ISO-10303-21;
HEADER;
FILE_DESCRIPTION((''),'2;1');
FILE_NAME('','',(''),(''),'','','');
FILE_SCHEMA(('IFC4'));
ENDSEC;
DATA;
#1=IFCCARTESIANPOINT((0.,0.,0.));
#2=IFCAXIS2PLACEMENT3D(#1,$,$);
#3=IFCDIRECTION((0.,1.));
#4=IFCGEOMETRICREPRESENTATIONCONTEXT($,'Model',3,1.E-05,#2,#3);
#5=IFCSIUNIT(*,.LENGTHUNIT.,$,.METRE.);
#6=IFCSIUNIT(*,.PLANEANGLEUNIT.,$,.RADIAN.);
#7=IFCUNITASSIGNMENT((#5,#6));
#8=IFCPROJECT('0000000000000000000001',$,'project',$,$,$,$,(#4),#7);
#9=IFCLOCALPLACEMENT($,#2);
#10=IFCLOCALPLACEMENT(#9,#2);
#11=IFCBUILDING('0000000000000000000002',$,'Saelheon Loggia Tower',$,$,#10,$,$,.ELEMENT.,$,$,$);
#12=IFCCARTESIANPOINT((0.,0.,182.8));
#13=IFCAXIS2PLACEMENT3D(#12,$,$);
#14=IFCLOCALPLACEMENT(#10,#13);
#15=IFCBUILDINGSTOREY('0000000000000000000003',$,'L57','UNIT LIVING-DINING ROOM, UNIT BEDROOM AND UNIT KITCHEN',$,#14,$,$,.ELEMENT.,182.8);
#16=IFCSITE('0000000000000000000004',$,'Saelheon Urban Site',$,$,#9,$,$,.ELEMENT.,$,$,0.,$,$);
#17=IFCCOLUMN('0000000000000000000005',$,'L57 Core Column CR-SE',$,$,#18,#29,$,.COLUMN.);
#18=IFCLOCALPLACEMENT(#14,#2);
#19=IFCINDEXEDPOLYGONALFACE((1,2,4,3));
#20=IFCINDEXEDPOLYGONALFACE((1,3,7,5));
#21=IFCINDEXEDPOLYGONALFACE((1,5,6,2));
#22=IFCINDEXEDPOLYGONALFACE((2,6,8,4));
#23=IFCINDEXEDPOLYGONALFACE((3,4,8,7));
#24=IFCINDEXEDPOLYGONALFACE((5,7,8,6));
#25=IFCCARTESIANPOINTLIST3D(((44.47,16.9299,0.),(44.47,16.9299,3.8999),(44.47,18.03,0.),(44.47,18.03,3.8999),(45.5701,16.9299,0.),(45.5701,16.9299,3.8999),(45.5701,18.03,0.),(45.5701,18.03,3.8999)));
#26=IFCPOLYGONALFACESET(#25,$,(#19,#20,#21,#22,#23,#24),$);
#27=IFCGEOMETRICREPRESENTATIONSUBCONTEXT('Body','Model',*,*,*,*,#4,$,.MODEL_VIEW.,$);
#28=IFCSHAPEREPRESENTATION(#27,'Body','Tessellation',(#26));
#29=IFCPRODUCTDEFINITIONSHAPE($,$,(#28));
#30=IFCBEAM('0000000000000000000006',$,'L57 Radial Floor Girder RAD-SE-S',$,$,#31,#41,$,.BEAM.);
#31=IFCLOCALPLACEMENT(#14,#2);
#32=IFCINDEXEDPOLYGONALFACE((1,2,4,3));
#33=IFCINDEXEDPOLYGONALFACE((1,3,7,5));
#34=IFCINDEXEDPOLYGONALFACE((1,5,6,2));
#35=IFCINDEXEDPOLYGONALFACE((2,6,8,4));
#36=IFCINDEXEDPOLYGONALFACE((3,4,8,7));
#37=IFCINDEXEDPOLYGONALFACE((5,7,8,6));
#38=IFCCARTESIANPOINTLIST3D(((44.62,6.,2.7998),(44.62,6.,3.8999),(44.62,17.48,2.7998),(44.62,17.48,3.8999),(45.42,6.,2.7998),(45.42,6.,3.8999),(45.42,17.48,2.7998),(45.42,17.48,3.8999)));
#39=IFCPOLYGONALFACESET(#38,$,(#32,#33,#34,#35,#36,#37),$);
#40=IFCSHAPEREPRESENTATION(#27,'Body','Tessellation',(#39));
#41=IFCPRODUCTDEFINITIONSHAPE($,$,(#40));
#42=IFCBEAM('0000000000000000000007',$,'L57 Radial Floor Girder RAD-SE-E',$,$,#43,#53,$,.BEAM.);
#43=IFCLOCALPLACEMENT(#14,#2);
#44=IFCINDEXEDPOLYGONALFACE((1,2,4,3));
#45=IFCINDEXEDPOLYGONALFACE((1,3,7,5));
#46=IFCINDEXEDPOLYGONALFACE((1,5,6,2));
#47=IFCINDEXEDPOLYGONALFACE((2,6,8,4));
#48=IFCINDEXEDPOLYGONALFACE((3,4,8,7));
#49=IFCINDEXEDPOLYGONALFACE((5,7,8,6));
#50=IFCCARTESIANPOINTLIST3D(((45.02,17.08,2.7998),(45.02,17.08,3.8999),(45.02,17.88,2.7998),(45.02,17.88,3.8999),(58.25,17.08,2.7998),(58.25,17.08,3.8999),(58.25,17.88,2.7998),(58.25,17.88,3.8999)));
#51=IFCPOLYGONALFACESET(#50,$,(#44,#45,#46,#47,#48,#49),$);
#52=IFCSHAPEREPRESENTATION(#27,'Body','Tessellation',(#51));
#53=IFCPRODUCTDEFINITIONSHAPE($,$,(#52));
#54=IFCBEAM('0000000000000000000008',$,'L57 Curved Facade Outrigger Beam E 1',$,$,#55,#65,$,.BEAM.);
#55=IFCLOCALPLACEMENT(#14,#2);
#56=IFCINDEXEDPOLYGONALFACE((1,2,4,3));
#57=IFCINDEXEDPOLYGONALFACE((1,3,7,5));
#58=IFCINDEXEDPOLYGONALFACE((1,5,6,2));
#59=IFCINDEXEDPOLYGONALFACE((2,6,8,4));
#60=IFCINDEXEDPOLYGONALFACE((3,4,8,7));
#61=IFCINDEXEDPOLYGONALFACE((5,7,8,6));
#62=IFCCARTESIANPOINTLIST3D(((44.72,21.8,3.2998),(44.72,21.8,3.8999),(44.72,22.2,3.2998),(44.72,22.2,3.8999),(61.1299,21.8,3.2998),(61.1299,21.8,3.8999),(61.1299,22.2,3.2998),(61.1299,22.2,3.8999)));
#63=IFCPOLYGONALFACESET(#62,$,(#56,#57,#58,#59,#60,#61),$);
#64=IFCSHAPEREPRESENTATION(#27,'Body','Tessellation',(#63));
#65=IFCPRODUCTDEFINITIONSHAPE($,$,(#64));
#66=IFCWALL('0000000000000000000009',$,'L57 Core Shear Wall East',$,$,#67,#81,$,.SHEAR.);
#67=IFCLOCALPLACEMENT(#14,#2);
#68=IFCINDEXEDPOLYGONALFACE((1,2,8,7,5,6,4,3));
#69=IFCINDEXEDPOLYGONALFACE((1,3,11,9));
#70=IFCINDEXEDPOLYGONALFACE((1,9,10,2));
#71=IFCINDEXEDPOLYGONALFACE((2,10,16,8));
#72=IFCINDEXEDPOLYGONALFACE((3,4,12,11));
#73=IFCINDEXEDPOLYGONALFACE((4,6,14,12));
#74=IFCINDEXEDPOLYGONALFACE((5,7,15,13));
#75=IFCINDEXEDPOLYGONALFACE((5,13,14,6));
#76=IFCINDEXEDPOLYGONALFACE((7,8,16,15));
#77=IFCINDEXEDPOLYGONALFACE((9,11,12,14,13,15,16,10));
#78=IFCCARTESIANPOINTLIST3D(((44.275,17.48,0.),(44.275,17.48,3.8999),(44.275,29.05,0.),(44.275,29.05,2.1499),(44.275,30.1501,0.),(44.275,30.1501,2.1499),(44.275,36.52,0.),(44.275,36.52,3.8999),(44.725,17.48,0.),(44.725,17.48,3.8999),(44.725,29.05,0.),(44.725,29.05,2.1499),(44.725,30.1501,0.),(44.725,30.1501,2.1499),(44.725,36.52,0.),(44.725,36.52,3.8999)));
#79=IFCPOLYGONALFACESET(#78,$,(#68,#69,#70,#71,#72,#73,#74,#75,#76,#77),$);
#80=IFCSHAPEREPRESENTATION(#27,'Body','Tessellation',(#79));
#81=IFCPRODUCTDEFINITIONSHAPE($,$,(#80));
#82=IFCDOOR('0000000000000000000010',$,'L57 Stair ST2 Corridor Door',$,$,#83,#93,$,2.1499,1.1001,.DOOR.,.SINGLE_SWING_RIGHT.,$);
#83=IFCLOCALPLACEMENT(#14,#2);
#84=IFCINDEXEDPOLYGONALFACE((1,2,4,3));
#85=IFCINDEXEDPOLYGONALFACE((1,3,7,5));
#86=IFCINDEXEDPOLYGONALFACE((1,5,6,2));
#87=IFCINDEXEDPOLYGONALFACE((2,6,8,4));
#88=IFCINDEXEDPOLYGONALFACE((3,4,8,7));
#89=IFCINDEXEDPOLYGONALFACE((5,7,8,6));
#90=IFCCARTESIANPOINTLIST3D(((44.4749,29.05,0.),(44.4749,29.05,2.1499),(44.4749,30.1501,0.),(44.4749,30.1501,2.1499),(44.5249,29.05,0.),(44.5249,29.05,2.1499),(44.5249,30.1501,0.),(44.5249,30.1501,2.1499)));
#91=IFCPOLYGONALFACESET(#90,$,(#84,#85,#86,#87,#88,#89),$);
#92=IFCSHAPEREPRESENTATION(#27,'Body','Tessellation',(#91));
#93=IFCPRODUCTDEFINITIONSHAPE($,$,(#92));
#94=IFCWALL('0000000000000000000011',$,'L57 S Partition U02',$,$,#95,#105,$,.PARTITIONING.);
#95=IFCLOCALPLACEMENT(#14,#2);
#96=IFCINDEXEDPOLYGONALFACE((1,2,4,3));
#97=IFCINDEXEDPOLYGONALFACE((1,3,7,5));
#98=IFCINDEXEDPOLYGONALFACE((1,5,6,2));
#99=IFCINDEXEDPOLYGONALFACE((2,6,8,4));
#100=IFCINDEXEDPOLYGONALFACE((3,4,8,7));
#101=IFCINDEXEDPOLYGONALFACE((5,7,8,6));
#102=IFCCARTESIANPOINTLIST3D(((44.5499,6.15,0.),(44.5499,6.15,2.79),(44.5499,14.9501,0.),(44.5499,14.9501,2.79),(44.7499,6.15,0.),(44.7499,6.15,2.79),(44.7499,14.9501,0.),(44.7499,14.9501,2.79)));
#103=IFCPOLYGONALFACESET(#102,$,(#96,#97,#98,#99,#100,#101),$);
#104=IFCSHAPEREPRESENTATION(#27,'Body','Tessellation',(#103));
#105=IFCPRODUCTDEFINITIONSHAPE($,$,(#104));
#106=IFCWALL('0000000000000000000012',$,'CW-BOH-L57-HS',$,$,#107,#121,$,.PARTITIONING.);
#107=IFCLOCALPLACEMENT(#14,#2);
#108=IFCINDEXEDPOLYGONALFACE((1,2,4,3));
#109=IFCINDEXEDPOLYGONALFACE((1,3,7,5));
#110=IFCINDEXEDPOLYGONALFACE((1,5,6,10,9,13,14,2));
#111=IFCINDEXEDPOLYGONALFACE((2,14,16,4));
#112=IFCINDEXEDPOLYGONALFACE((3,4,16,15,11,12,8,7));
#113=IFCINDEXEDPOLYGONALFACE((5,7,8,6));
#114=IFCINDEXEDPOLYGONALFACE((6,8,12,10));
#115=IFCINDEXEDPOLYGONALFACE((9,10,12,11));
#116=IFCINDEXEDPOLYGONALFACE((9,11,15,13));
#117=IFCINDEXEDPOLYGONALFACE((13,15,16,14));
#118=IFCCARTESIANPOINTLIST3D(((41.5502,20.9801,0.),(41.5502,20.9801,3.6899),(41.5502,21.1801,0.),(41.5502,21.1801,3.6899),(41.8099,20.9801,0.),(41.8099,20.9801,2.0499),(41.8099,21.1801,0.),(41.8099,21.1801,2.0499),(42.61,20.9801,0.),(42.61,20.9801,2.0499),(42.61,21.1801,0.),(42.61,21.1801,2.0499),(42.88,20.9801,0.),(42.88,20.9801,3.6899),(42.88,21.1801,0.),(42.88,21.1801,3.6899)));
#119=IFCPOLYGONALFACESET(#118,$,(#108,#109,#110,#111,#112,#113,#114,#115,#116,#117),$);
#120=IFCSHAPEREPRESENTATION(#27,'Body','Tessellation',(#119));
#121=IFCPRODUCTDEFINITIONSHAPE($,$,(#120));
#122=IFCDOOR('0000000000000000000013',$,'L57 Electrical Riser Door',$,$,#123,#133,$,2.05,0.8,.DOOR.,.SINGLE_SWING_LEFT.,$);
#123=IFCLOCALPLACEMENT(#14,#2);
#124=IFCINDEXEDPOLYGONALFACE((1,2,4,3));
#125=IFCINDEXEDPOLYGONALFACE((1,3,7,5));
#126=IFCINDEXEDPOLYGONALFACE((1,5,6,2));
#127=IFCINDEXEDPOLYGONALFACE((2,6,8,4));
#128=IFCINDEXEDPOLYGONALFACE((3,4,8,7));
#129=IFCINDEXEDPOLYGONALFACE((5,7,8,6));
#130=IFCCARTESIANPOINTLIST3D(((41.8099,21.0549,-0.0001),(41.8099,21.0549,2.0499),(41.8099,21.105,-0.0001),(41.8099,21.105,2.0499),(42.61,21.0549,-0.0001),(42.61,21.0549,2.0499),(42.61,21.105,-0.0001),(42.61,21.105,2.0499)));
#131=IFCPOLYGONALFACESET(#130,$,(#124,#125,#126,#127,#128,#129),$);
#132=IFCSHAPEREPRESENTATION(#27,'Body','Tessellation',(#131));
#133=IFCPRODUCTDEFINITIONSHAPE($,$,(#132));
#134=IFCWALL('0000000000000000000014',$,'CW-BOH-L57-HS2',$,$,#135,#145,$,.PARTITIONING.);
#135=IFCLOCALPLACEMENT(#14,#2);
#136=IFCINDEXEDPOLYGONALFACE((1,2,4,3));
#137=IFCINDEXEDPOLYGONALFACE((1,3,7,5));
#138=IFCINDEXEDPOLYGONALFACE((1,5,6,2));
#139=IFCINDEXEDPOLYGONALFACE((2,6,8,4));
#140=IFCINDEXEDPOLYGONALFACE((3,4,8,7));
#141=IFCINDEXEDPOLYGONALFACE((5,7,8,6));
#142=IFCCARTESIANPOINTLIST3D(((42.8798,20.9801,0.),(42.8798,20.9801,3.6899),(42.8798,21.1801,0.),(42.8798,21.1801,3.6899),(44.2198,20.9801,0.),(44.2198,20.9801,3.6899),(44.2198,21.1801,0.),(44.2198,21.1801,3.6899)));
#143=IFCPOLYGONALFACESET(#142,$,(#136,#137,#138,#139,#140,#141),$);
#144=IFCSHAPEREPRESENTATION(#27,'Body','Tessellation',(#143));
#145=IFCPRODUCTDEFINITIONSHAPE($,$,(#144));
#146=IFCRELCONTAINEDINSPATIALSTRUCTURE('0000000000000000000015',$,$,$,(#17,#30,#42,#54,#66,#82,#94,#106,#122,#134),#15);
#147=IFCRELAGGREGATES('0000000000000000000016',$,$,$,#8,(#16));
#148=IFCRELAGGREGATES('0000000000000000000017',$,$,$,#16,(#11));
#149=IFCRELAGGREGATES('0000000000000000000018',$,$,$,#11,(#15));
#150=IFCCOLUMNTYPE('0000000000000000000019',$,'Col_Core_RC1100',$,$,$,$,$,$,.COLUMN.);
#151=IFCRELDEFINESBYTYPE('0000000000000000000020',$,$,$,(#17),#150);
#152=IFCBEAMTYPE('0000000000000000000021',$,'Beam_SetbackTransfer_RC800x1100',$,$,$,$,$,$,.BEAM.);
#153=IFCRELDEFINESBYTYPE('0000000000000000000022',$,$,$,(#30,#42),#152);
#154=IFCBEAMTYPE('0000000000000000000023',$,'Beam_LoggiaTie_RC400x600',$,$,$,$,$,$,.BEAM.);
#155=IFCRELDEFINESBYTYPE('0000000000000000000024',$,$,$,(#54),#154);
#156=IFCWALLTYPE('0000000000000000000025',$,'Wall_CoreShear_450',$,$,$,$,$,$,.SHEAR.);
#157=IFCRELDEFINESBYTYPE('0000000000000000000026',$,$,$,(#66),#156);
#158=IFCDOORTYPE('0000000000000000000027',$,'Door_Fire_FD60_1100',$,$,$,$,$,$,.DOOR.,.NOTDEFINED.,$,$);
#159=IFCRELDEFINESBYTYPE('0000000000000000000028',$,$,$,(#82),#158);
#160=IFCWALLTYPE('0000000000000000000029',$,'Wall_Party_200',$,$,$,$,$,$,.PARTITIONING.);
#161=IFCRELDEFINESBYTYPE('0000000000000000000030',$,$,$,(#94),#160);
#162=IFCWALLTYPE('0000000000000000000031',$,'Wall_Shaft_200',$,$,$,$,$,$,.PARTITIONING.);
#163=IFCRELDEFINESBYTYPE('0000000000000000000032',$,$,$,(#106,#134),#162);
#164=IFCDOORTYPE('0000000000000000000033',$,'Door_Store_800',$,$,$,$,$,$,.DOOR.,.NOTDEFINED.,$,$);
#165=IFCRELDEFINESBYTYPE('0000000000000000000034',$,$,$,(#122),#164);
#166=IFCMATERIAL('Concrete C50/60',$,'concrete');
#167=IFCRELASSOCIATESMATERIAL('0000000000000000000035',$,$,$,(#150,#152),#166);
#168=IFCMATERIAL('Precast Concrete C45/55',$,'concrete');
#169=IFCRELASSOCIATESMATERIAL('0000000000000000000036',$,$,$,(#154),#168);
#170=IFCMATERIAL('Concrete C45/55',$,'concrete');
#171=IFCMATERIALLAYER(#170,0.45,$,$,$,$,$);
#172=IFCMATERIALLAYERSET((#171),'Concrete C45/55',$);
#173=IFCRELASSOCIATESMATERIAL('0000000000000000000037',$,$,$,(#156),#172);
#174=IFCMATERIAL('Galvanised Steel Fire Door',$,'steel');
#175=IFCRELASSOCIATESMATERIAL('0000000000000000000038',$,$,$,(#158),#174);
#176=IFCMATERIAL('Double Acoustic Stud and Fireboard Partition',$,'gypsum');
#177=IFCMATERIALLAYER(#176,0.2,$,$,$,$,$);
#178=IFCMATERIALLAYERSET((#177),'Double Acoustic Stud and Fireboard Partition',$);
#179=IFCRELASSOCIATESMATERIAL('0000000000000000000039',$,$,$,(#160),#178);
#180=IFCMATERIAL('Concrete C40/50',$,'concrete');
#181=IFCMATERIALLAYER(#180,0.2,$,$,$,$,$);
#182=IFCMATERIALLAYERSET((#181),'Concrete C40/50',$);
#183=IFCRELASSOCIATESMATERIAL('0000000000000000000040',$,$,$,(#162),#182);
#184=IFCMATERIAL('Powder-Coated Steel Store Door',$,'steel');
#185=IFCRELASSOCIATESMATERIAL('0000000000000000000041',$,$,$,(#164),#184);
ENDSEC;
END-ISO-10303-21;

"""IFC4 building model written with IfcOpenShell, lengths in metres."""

from ifc_helpers import new_model, si_unit, direction, frame, frame_2d, origin, origin_2d, place, context, subcontext, project, spatial, rectangle, extrude, source, transform, mapped, material, layer, layer_set, material_profile, profile_set, type_object, element, fill, save


model = new_model("IFC4")

# Units and contexts
model_context = context("Model", 3, precision=1e-05, world=origin(), true_north=direction((0.0, 1.0)))
body_context = subcontext(model_context, "Body", "Model", "MODEL_VIEW")
ifc_project = project(units=[si_unit("LENGTHUNIT", "METRE"), si_unit("PLANEANGLEUNIT", "RADIAN")], contexts=[model_context])

# Site, building, storey
site_placement = place(None, origin())
site = spatial("IfcSite", under=ifc_project, at=site_placement, Name="Saelheon Urban Site", CompositionType="ELEMENT", RefElevation=0.0)
building_placement = place(site_placement, origin())
building = spatial("IfcBuilding", under=site, at=building_placement, Name="Saelheon Loggia Tower", CompositionType="ELEMENT")
storey_placement = place(building_placement, frame((0.0, 0.0, 182.8)))
storey = spatial("IfcBuildingStorey", under=building, at=storey_placement, Name="L57", Description="UNIT LIVING-DINING ROOM, UNIT BEDROOM AND UNIT KITCHEN", CompositionType="ELEMENT", Elevation=182.8)

# Column
ifc_material_1 = material(Name="Concrete C50/60", Category="concrete")
ifc_material_profile_1 = material_profile(ifc_material_1, rectangle(XDim=1.1001, YDim=1.1001, at=origin_2d()), Name="RC-1100x1100")
ifc_profile_set_1 = profile_set([ifc_material_profile_1], Name="Concrete C50/60")
column_type = type_object("IfcColumnType", Name="Col_Core_RC1100", PredefinedType="COLUMN", material=ifc_profile_set_1)
shared_shape_1 = source(origin(), body_context, "Body", "SweptSolid", [
    extrude(rectangle(XDim=1.1001, YDim=1.1001, at=origin_2d()), origin(), (0.0, 0.0, 1.0), 3.8999),
])
column_placement = place(storey_placement, frame((45.02, 17.48, 0.0), z_axis=(0.0, 0.0, 1.0), x_axis=(1.0, 0.0, 0.0)))
element("IfcColumn", 1, at=column_placement, inside=storey, type_object=column_type, Name="L57 Core Column CR-SE", PredefinedType="COLUMN", context=body_context, shape_type="MappedRepresentation", body=[
    mapped(shared_shape_1, transform((0.0, 0.0, 0.0), scale=1.0)),
])

# Beams
ifc_material_profile_2 = material_profile(ifc_material_1, rectangle(XDim=0.8, YDim=1.1001, at=origin_2d()), Name="RC-800x1100")
ifc_profile_set_2 = profile_set([ifc_material_profile_2], Name="Concrete C50/60")
beam_type_1 = type_object("IfcBeamType", Name="Beam_SetbackTransfer_RC800x1100", PredefinedType="BEAM", material=ifc_profile_set_2)
shared_shape_2 = source(origin(), body_context, "Body", "SweptSolid", [
    extrude(rectangle(XDim=0.8, YDim=1.1001, at=origin_2d()), origin(), (0.0, 0.0, 1.0), 11.48),
])
beam_1_placement = place(storey_placement, frame((45.02, 17.48, 3.3499), z_axis=(0.0, -1.0, 0.0), x_axis=(1.0, 0.0, 0.0)))
element("IfcBeam", 2, at=beam_1_placement, inside=storey, type_object=beam_type_1, Name="L57 Radial Floor Girder RAD-SE-S", PredefinedType="BEAM", context=body_context, shape_type="MappedRepresentation", body=[
    mapped(shared_shape_2, transform((0.0, 0.0, 0.0), scale=1.0)),
])
shared_shape_3 = source(origin(), body_context, "Body", "SweptSolid", [
    extrude(rectangle(XDim=0.8, YDim=1.1001, at=origin_2d()), origin(), (0.0, 0.0, 1.0), 13.23),
])
beam_2_placement = place(storey_placement, frame((45.02, 17.48, 3.3499), z_axis=(1.0, 0.0, 0.0), x_axis=(0.0, 1.0, 0.0)))
element("IfcBeam", 3, at=beam_2_placement, inside=storey, type_object=beam_type_1, Name="L57 Radial Floor Girder RAD-SE-E", PredefinedType="BEAM", context=body_context, shape_type="MappedRepresentation", body=[
    mapped(shared_shape_3, transform((0.0, 0.0, 0.0), scale=1.0)),
])
ifc_material_2 = material(Name="Precast Concrete C45/55", Category="concrete")
ifc_material_profile_3 = material_profile(ifc_material_2, rectangle(XDim=0.3999, YDim=0.6001, at=origin_2d()), Name="RC-400x600")
ifc_profile_set_3 = profile_set([ifc_material_profile_3], Name="Precast Concrete C45/55")
beam_type_2 = type_object("IfcBeamType", Name="Beam_LoggiaTie_RC400x600", PredefinedType="BEAM", material=ifc_profile_set_3)
shared_shape_4 = source(origin(), body_context, "Body", "SweptSolid", [
    extrude(rectangle(XDim=0.3999, YDim=0.6001, at=origin_2d()), origin(), (0.0, 0.0, 1.0), 16.4099),
])
beam_3_placement = place(storey_placement, frame((44.72, 22.0, 3.5999), z_axis=(1.0, 0.0, 0.0), x_axis=(0.0, 1.0, 0.0)))
element("IfcBeam", 4, at=beam_3_placement, inside=storey, type_object=beam_type_2, Name="L57 Curved Facade Outrigger Beam E 1", PredefinedType="BEAM", context=body_context, shape_type="MappedRepresentation", body=[
    mapped(shared_shape_4, transform((0.0, 0.0, 0.0), scale=1.0)),
])

# Wall, opening, door
ifc_material_3 = material(Name="Concrete C45/55", Category="concrete")
ifc_layer_1 = layer(ifc_material_3, 0.45)
ifc_layer_set_1 = layer_set([ifc_layer_1], Name="Concrete C45/55")
wall_type_1 = type_object("IfcWallType", Name="Wall_CoreShear_450", PredefinedType="SHEAR", material=ifc_layer_set_1)
wall_1_placement = place(storey_placement, frame((44.5, 17.48, 0.0), z_axis=(0.0, 0.0, 1.0), x_axis=(0.0, 1.0, 0.0)))
wall_1 = element("IfcWall", 5, at=wall_1_placement, inside=storey, type_object=wall_type_1, Name="L57 Core Shear Wall East", PredefinedType="SHEAR", context=body_context, shape_type="SweptSolid", body=[
    extrude(rectangle(XDim=19.04, YDim=0.45, at=frame_2d((9.52, 0.0))), origin(), (0.0, 0.0, 1.0), 3.8999),
])
opening_1_placement = place(wall_1_placement, frame((12.6702, 0.0, 0.0), z_axis=(0.0, 0.0, 1.0), x_axis=(-1.0, 0.0, 0.0)))
opening_1 = element("IfcOpeningElement", 6, at=opening_1_placement, cuts=wall_1, PredefinedType="OPENING", context=body_context, shape_type="SweptSolid", body=[
    extrude(rectangle(XDim=1.1001, YDim=2.1499, at=frame_2d((0.55, 1.075))), frame((0.0, 0.2371, 0.0), z_axis=(0.0, -1.0, 0.0), x_axis=(1.0, 0.0, 0.0)), (0.0, 0.0, 1.0), 0.4739),
])
ifc_material_4 = material(Name="Galvanised Steel Fire Door", Category="steel")
door_type_1 = type_object("IfcDoorType", Name="Door_Fire_FD60_1100", OperationType="NOTDEFINED", PredefinedType="DOOR", material=ifc_material_4)
shared_shape_5 = source(origin(), body_context, "Body", "SweptSolid", [
    extrude(rectangle(XDim=1.1001, YDim=2.1499, at=frame_2d((0.55, 1.075))), frame((0.0, 0.0249, 0.0), z_axis=(0.0, -1.0, 0.0), x_axis=(1.0, 0.0, 0.0)), (0.0, 0.0, 1.0), 0.05),
])
door_1_placement = place(opening_1_placement, origin())
door_1 = element("IfcDoor", 7, at=door_1_placement, inside=storey, type_object=door_type_1, Name="L57 Stair ST2 Corridor Door", OperationType="SINGLE_SWING_RIGHT", OverallHeight=2.1499, OverallWidth=1.1001, PredefinedType="DOOR", context=body_context, shape_type="MappedRepresentation", body=[
    mapped(shared_shape_5, transform((0.0, 0.0, 0.0), scale=1.0)),
])
fill(opening_1, door_1)

# Wall
ifc_material_5 = material(Name="Double Acoustic Stud and Fireboard Partition", Category="gypsum")
ifc_layer_2 = layer(ifc_material_5, 0.2)
ifc_layer_set_2 = layer_set([ifc_layer_2], Name="Double Acoustic Stud and Fireboard Partition")
wall_type_2 = type_object("IfcWallType", Name="Wall_Party_200", PredefinedType="PARTITIONING", material=ifc_layer_set_2)
wall_2_placement = place(storey_placement, frame((44.6499, 14.95, 0.0), z_axis=(0.0, 0.0, 1.0), x_axis=(0.0, -1.0, 0.0)))
element("IfcWall", 8, at=wall_2_placement, inside=storey, type_object=wall_type_2, Name="L57 S Partition U02", PredefinedType="PARTITIONING", context=body_context, shape_type="SweptSolid", body=[
    extrude(rectangle(XDim=8.8, YDim=0.2, at=frame_2d((4.3999, 0.0))), origin(), (0.0, 0.0, 1.0), 2.79),
])

# Wall, opening, door
ifc_material_6 = material(Name="Concrete C40/50", Category="concrete")
ifc_layer_3 = layer(ifc_material_6, 0.2)
ifc_layer_set_3 = layer_set([ifc_layer_3], Name="Concrete C40/50")
wall_type_3 = type_object("IfcWallType", Name="Wall_Shaft_200", PredefinedType="PARTITIONING", material=ifc_layer_set_3)
wall_3_placement = place(storey_placement, frame((41.55, 21.0801, 0.0), z_axis=(0.0, 0.0, 1.0), x_axis=(1.0, 0.0, 0.0)))
wall_3 = element("IfcWall", 9, at=wall_3_placement, inside=storey, type_object=wall_type_3, Name="CW-BOH-L57-HS", PredefinedType="PARTITIONING", context=body_context, shape_type="SweptSolid", body=[
    extrude(rectangle(XDim=1.3298, YDim=0.2, at=frame_2d((0.665, 0.0))), origin(), (0.0, 0.0, 1.0), 3.6899),
])
opening_2_placement = place(wall_3_placement, frame((0.26, 0.0, 0.0)))
opening_2 = element("IfcOpeningElement", 10, at=opening_2_placement, cuts=wall_3, PredefinedType="OPENING", context=body_context, shape_type="SweptSolid", body=[
    extrude(rectangle(XDim=0.8, YDim=2.05, at=frame_2d((0.3999, 1.0249))), frame((0.0, 0.1121, 0.0), z_axis=(0.0, -1.0, 0.0), x_axis=(1.0, 0.0, 0.0)), (0.0, 0.0, 1.0), 0.2239),
])
ifc_material_7 = material(Name="Powder-Coated Steel Store Door", Category="steel")
door_type_2 = type_object("IfcDoorType", Name="Door_Store_800", OperationType="NOTDEFINED", PredefinedType="DOOR", material=ifc_material_7)
shared_shape_6 = source(origin(), body_context, "Body", "SweptSolid", [
    extrude(rectangle(XDim=0.8, YDim=2.05, at=frame_2d((0.3999, 1.0249))), frame((0.0, 0.0249, 0.0), z_axis=(0.0, -1.0, 0.0), x_axis=(1.0, 0.0, 0.0)), (0.0, 0.0, 1.0), 0.05),
])
door_2_placement = place(opening_2_placement, origin())
door_2 = element("IfcDoor", 11, at=door_2_placement, inside=storey, type_object=door_type_2, Name="L57 Electrical Riser Door", OperationType="SINGLE_SWING_LEFT", OverallHeight=2.05, OverallWidth=0.8, PredefinedType="DOOR", context=body_context, shape_type="MappedRepresentation", body=[
    mapped(shared_shape_6, transform((0.0, 0.0, 0.0), scale=1.0)),
])
fill(opening_2, door_2)

# Wall
wall_4_placement = place(storey_placement, frame((42.8799, 21.0801, 0.0), z_axis=(0.0, 0.0, 1.0), x_axis=(1.0, 0.0, 0.0)))
element("IfcWall", 12, at=wall_4_placement, inside=storey, type_object=wall_type_3, Name="CW-BOH-L57-HS2", PredefinedType="PARTITIONING", context=body_context, shape_type="SweptSolid", body=[
    extrude(rectangle(XDim=1.3401, YDim=0.2, at=frame_2d((0.6699, 0.0))), origin(), (0.0, 0.0, 1.0), 3.6899),
])

save(model, "model.ifc")
